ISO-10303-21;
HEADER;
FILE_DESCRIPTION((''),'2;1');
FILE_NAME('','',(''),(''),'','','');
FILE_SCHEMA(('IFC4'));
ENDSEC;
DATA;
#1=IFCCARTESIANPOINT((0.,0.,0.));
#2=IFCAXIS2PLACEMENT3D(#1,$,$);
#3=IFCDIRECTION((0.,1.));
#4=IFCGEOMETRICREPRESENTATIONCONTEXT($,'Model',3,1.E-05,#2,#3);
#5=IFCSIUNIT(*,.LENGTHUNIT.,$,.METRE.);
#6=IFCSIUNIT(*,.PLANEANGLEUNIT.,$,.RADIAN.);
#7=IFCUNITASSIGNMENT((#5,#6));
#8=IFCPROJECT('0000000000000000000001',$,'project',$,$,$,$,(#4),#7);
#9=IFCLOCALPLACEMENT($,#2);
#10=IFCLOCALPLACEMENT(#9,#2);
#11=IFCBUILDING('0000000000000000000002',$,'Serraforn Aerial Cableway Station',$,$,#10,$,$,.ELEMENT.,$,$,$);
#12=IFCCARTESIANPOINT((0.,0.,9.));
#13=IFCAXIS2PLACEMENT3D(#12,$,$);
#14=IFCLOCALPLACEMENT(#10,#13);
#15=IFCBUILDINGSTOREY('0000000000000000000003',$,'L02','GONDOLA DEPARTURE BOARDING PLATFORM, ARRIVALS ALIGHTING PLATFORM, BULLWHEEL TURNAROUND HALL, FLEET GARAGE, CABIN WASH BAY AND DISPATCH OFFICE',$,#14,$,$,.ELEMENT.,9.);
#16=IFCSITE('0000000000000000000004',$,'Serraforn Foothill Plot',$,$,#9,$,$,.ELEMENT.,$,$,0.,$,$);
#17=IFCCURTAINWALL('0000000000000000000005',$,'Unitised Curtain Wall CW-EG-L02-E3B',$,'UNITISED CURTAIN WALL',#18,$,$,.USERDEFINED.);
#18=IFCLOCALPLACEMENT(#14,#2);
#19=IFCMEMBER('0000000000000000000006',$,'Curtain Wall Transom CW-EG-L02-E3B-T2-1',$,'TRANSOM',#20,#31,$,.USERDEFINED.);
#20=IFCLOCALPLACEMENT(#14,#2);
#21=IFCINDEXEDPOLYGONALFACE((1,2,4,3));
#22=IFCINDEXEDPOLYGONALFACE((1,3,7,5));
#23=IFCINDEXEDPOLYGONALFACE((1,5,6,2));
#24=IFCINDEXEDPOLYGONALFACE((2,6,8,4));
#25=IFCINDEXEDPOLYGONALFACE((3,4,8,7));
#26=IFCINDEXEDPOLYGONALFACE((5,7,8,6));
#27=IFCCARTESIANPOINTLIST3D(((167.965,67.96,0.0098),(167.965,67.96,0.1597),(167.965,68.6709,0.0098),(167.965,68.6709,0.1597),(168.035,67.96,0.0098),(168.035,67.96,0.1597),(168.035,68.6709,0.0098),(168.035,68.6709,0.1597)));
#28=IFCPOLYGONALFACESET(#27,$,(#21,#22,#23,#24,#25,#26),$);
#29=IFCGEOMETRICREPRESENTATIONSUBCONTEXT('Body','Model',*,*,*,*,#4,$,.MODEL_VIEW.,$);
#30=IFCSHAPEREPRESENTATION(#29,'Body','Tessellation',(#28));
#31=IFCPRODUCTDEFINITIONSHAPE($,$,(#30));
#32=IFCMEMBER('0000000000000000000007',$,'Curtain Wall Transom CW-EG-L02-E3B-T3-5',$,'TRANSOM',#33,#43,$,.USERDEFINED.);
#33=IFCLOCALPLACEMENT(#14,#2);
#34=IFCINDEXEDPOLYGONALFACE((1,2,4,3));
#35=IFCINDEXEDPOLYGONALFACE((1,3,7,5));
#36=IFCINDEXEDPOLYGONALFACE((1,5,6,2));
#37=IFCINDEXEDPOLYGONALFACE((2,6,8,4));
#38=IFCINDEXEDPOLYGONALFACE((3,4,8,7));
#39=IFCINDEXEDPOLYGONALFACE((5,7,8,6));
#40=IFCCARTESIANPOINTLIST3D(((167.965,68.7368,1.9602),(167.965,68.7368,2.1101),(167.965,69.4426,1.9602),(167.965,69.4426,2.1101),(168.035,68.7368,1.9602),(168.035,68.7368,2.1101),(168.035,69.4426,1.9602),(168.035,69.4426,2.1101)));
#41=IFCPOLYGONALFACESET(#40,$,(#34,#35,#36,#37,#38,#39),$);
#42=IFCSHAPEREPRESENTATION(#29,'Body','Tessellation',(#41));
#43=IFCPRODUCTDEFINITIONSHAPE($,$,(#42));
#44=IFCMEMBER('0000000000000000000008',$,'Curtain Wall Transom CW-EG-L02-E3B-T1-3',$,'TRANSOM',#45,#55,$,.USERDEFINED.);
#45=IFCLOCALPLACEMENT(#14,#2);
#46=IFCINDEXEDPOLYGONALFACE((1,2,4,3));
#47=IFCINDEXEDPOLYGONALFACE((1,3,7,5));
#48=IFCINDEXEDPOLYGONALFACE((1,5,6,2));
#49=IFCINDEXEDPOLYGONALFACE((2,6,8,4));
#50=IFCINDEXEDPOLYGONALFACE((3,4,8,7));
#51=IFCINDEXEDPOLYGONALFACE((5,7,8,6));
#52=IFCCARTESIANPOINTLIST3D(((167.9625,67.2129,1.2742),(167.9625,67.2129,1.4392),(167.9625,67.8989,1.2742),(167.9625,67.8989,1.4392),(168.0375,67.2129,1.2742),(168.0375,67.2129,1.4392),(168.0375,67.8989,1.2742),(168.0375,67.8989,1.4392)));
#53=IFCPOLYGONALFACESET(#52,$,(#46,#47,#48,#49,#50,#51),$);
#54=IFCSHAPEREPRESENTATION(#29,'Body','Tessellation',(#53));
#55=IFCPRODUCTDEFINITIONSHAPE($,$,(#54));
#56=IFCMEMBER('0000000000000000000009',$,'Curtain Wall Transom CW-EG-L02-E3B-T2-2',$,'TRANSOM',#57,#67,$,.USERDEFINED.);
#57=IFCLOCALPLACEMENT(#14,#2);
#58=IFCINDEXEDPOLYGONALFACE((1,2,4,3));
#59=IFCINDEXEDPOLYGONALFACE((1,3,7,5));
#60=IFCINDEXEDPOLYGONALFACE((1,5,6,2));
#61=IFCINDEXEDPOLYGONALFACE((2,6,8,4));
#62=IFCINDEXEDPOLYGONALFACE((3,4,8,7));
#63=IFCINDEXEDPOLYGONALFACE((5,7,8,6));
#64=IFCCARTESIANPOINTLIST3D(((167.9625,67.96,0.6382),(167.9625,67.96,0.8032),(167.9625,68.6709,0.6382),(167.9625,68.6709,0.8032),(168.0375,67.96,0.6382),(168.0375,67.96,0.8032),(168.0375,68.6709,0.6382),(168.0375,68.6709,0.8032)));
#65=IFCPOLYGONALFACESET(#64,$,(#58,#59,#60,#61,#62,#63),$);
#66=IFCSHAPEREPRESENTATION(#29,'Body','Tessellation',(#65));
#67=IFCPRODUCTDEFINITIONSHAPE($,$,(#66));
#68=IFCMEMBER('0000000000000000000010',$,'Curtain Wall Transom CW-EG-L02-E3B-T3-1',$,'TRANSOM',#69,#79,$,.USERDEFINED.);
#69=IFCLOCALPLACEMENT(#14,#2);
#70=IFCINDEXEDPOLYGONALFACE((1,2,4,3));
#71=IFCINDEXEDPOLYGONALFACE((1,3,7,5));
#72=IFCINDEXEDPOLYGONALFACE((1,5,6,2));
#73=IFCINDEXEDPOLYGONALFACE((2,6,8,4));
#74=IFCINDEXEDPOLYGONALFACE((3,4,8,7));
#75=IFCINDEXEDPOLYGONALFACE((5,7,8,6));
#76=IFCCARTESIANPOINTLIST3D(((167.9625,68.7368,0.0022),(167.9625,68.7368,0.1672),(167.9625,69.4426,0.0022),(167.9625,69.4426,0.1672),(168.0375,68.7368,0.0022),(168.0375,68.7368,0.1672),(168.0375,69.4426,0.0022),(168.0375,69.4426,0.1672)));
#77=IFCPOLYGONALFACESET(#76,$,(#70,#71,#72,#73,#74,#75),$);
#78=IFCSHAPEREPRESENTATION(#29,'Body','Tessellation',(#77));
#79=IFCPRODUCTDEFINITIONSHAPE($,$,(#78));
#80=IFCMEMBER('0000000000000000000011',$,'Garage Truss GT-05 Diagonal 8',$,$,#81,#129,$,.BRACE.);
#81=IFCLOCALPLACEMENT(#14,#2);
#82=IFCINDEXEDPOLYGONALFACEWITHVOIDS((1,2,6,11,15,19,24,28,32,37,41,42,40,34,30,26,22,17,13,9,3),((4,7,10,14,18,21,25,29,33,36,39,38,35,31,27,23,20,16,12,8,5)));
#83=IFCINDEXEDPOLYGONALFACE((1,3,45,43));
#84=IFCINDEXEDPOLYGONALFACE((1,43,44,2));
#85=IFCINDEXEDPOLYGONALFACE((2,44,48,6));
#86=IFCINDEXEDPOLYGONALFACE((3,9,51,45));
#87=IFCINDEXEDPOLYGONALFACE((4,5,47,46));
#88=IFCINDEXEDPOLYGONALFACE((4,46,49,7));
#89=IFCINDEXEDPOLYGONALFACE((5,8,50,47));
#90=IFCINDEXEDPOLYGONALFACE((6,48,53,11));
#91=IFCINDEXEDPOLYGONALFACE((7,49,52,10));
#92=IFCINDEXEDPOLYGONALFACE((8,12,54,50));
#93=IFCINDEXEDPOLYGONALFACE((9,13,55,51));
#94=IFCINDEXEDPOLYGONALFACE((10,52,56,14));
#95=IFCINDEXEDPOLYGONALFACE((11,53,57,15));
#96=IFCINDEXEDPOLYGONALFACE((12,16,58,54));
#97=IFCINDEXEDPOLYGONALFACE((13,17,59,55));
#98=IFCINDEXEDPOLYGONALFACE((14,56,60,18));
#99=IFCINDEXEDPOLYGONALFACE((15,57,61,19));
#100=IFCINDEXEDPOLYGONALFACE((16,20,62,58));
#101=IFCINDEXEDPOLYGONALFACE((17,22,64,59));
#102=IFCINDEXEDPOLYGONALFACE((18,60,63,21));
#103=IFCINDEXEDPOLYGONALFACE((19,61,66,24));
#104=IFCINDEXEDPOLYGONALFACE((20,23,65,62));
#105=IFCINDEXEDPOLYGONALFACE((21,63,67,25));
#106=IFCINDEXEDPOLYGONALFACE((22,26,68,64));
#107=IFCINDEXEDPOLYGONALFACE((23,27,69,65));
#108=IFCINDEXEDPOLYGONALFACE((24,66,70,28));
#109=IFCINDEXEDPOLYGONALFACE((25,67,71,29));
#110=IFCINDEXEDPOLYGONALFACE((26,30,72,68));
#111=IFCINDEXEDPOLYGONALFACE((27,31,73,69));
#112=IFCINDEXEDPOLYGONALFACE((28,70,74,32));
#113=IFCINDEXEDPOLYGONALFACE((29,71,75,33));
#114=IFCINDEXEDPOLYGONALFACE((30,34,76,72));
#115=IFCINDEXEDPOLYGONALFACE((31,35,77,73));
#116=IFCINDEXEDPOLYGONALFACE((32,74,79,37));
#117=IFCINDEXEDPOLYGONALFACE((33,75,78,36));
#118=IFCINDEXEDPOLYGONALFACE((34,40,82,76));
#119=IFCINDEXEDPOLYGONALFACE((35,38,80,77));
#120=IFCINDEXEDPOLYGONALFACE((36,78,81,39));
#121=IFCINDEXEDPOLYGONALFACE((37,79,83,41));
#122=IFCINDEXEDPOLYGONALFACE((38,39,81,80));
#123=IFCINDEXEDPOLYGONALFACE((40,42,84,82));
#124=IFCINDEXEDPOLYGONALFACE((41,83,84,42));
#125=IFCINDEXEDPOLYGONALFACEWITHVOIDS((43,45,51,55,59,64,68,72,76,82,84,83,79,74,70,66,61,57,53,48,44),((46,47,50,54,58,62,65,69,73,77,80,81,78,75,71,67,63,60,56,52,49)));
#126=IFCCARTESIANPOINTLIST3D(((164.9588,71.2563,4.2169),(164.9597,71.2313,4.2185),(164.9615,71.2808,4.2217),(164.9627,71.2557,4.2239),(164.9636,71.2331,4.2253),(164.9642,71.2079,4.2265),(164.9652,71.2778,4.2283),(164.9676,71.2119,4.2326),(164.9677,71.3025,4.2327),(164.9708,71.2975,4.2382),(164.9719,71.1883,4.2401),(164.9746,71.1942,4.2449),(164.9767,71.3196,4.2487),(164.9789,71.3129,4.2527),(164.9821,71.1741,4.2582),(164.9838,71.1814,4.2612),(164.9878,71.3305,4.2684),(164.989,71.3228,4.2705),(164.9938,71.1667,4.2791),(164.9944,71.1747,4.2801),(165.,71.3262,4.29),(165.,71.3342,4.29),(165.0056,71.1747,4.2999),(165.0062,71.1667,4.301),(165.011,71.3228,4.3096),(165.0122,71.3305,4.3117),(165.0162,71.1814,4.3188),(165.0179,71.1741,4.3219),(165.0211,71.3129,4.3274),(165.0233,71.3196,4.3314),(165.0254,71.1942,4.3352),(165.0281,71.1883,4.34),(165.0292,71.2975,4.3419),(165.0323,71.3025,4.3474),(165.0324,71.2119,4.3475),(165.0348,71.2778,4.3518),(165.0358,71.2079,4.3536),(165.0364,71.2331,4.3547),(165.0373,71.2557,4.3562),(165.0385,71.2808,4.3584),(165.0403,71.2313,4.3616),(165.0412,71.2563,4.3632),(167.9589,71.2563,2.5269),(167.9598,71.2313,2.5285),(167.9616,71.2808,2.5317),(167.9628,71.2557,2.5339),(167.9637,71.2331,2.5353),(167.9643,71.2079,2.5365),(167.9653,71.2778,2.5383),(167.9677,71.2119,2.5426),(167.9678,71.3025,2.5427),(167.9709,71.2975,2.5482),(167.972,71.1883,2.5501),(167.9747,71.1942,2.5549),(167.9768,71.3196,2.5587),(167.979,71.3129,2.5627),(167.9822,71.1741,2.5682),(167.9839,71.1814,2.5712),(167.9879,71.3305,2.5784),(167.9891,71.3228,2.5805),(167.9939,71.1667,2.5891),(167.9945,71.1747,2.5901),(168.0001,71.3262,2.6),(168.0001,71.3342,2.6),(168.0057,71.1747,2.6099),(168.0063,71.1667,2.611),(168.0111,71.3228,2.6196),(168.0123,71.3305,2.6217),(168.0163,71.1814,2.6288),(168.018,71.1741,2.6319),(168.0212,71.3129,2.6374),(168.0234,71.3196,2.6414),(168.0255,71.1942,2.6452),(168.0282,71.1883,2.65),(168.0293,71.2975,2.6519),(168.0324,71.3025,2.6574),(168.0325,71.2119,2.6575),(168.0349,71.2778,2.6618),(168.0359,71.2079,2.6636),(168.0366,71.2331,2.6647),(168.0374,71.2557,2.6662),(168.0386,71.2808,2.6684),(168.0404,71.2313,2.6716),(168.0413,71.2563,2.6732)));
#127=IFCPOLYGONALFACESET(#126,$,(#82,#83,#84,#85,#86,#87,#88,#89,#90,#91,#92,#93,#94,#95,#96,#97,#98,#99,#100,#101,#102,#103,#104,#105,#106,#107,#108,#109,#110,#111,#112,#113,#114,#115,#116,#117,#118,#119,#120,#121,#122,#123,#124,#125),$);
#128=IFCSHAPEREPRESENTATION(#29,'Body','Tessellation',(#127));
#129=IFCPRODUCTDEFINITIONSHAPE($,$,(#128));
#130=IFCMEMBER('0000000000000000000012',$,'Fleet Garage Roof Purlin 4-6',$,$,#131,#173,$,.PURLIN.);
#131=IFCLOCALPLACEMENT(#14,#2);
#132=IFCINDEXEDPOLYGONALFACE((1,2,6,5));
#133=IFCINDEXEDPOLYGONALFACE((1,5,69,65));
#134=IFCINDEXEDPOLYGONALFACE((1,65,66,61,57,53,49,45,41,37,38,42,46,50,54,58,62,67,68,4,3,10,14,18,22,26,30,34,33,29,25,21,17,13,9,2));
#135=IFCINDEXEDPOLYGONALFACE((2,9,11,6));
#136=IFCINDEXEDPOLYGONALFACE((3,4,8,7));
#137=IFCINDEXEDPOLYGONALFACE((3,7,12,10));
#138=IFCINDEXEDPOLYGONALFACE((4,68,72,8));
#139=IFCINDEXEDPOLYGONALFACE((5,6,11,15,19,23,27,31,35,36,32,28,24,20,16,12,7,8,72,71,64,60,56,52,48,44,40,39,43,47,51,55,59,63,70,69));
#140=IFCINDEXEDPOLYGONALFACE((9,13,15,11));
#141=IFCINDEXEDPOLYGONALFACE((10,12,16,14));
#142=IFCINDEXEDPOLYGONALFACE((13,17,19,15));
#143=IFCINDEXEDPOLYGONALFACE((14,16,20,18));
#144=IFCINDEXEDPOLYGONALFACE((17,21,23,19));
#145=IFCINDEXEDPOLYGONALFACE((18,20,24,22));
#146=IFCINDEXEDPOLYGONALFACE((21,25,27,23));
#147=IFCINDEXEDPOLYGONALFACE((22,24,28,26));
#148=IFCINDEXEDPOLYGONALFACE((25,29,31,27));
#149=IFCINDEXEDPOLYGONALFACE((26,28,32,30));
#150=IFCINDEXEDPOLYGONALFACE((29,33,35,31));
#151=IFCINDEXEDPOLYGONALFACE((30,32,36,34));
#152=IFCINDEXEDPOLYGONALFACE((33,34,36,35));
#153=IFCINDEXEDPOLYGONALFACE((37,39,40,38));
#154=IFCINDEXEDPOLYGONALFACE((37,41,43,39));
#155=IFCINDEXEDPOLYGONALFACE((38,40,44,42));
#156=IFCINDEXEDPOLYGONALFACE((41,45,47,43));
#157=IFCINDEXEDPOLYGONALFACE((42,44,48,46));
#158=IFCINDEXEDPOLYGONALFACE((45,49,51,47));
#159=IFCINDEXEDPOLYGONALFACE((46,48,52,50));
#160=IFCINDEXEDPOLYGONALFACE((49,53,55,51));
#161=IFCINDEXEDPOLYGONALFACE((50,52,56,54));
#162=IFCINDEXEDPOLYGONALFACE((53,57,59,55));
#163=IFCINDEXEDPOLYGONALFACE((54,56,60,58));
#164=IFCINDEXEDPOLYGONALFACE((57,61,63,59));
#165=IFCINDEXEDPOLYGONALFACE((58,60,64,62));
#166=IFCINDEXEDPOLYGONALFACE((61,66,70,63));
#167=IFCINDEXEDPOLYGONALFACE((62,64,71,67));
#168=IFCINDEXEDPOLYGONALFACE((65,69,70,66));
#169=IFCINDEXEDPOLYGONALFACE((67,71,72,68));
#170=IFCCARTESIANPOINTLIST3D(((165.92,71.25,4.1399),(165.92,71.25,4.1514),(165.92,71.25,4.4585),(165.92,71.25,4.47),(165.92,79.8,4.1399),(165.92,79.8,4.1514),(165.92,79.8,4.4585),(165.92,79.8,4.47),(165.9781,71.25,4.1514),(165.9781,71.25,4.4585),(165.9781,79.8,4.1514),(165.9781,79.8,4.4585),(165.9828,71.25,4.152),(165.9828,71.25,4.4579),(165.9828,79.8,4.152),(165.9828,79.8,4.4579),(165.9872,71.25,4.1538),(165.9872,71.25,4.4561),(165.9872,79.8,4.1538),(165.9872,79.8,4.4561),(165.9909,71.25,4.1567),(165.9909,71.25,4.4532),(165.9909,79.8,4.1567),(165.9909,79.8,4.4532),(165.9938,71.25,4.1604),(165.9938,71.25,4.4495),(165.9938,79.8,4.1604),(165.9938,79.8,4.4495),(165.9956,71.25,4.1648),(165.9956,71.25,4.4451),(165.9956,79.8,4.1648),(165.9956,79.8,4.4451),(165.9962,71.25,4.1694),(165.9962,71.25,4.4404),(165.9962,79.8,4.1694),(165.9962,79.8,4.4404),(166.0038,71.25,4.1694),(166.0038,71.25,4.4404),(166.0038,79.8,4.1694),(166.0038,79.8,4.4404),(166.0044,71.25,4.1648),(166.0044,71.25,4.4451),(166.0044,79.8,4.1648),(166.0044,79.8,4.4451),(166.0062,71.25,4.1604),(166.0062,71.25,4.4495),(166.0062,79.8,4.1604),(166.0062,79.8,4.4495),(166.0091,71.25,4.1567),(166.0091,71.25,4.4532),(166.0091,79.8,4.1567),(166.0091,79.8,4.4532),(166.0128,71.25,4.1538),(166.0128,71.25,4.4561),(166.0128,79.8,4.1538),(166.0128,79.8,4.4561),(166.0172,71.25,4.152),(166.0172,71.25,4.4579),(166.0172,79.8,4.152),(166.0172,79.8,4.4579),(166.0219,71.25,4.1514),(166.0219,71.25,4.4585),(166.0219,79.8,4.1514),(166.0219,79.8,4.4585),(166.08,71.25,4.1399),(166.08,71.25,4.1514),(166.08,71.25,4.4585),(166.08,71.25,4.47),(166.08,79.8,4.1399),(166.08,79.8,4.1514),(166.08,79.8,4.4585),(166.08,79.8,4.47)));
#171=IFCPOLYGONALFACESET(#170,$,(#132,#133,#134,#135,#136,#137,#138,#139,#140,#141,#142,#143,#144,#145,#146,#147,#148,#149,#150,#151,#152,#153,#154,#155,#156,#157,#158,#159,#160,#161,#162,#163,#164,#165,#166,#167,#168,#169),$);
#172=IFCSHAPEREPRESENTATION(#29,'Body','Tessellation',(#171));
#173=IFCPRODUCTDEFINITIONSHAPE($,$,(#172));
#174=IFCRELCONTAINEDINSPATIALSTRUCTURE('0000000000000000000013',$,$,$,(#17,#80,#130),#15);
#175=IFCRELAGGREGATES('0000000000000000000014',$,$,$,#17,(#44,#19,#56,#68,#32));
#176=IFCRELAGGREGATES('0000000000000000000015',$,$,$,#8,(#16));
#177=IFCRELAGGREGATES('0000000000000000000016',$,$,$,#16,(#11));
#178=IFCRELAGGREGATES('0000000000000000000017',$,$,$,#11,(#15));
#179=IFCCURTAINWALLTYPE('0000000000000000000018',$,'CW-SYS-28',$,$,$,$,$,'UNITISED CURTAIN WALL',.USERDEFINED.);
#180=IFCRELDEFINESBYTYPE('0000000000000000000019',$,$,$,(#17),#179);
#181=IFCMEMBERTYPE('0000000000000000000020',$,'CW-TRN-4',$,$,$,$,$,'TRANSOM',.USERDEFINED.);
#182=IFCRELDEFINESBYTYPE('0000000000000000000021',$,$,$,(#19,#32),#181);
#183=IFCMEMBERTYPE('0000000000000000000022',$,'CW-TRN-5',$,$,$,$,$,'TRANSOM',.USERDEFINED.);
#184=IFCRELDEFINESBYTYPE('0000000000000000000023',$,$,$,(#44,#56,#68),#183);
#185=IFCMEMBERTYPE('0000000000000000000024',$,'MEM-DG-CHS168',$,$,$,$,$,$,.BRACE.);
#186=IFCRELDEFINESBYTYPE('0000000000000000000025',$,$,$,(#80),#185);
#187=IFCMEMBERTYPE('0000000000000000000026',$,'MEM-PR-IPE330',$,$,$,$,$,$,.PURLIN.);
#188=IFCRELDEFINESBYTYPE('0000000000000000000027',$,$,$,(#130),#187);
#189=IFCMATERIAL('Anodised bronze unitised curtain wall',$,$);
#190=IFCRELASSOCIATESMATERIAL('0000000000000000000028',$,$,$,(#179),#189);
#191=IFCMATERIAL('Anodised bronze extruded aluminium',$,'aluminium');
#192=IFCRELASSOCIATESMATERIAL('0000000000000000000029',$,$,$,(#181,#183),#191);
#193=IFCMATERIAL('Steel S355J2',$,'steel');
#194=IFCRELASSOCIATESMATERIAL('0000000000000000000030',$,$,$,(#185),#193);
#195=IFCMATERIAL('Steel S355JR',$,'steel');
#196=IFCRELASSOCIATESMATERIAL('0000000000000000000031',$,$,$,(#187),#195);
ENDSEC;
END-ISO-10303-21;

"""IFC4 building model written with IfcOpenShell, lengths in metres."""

from ifc_helpers import new_model, si_unit, direction, frame, origin, origin_2d, place, context, subcontext, project, spatial, rectangle, hollow_circle, i_section, extrude, material, material_profile, profile_set, type_object, element, aggregate, save


model = new_model("IFC4")

# Units and contexts
model_context = context("Model", 3, precision=1e-05, world=origin(), true_north=direction((0.0, 1.0)))
body_context = subcontext(model_context, "Body", "Model", "MODEL_VIEW")
ifc_project = project(units=[si_unit("LENGTHUNIT", "METRE"), si_unit("PLANEANGLEUNIT", "RADIAN")], contexts=[model_context])

# Site, building, storey
site_placement = place(None, origin())
site = spatial("IfcSite", under=ifc_project, at=site_placement, Name="Serraforn Foothill Plot", CompositionType="ELEMENT", RefElevation=0.0)
building_placement = place(site_placement, origin())
building = spatial("IfcBuilding", under=site, at=building_placement, Name="Serraforn Aerial Cableway Station", CompositionType="ELEMENT")
storey_placement = place(building_placement, frame((0.0, 0.0, 9.0)))
storey = spatial("IfcBuildingStorey", under=building, at=storey_placement, Name="L02", Description="GONDOLA DEPARTURE BOARDING PLATFORM, ARRIVALS ALIGHTING PLATFORM, BULLWHEEL TURNAROUND HALL, FLEET GARAGE, CABIN WASH BAY AND DISPATCH OFFICE", CompositionType="ELEMENT", Elevation=9.0)

# Curtain wall, members
ifc_material_1 = material(Name="Anodised bronze unitised curtain wall")
curtain_wall_type = type_object("IfcCurtainWallType", Name="CW-SYS-28", ElementType="UNITISED CURTAIN WALL", PredefinedType="USERDEFINED", material=ifc_material_1)
curtain_wall_placement = place(storey_placement, origin())
curtain_wall = element("IfcCurtainWall", 1, at=curtain_wall_placement, inside=storey, type_object=curtain_wall_type, Name="Unitised Curtain Wall CW-EG-L02-E3B", ObjectType="UNITISED CURTAIN WALL", PredefinedType="USERDEFINED")
ifc_material_2 = material(Name="Anodised bronze extruded aluminium", Category="aluminium")
ifc_material_profile_1 = material_profile(ifc_material_2, rectangle(XDim=0.0701, YDim=0.1499, at=origin_2d()), Name="CW TRANSOM 70x150")
ifc_profile_set_1 = profile_set([ifc_material_profile_1], Name="Anodised bronze extruded aluminium")
member_type_1 = type_object("IfcMemberType", Name="CW-TRN-4", ElementType="TRANSOM", PredefinedType="USERDEFINED", material=ifc_profile_set_1)
member_1_placement = place(storey_placement, frame((168.0, 67.96, 0.0847), z_axis=(0.0, 1.0, 0.0), x_axis=(-1.0, 0.0, 0.0)))
member_1 = element("IfcMember", 2, at=member_1_placement, type_object=member_type_1, Name="Curtain Wall Transom CW-EG-L02-E3B-T2-1", ObjectType="TRANSOM", PredefinedType="USERDEFINED", context=body_context, shape_type="SweptSolid", body=[
    extrude(rectangle(XDim=0.0701, YDim=0.1499, at=origin_2d()), origin(), (0.0, 0.0, 1.0), 0.7109),
])
member_2_placement = place(storey_placement, frame((168.0, 68.7368, 2.0352), z_axis=(0.0, 1.0, 0.0), x_axis=(-1.0, 0.0, 0.0)))
member_2 = element("IfcMember", 3, at=member_2_placement, type_object=member_type_1, Name="Curtain Wall Transom CW-EG-L02-E3B-T3-5", ObjectType="TRANSOM", PredefinedType="USERDEFINED", context=body_context, shape_type="SweptSolid", body=[
    extrude(rectangle(XDim=0.0701, YDim=0.1499, at=origin_2d()), origin(), (0.0, 0.0, 1.0), 0.7058),
])
ifc_material_profile_2 = material_profile(ifc_material_2, rectangle(XDim=0.075, YDim=0.165, at=origin_2d()), Name="CW TRANSOM 75x165")
ifc_profile_set_2 = profile_set([ifc_material_profile_2], Name="Anodised bronze extruded aluminium")
member_type_2 = type_object("IfcMemberType", Name="CW-TRN-5", ElementType="TRANSOM", PredefinedType="USERDEFINED", material=ifc_profile_set_2)
member_3_placement = place(storey_placement, frame((168.0, 67.2129, 1.3567), z_axis=(0.0, 1.0, 0.0), x_axis=(-1.0, 0.0, 0.0)))
member_3 = element("IfcMember", 4, at=member_3_placement, type_object=member_type_2, Name="Curtain Wall Transom CW-EG-L02-E3B-T1-3", ObjectType="TRANSOM", PredefinedType="USERDEFINED", context=body_context, shape_type="SweptSolid", body=[
    extrude(rectangle(XDim=0.075, YDim=0.165, at=origin_2d()), origin(), (0.0, 0.0, 1.0), 0.686),
])
member_4_placement = place(storey_placement, frame((168.0, 67.96, 0.7207), z_axis=(0.0, 1.0, 0.0), x_axis=(-1.0, 0.0, 0.0)))
member_4 = element("IfcMember", 5, at=member_4_placement, type_object=member_type_2, Name="Curtain Wall Transom CW-EG-L02-E3B-T2-2", ObjectType="TRANSOM", PredefinedType="USERDEFINED", context=body_context, shape_type="SweptSolid", body=[
    extrude(rectangle(XDim=0.075, YDim=0.165, at=origin_2d()), origin(), (0.0, 0.0, 1.0), 0.7109),
])
member_5_placement = place(storey_placement, frame((168.0, 68.7368, 0.0847), z_axis=(0.0, 1.0, 0.0), x_axis=(-1.0, 0.0, 0.0)))
member_5 = element("IfcMember", 6, at=member_5_placement, type_object=member_type_2, Name="Curtain Wall Transom CW-EG-L02-E3B-T3-1", ObjectType="TRANSOM", PredefinedType="USERDEFINED", context=body_context, shape_type="SweptSolid", body=[
    extrude(rectangle(XDim=0.075, YDim=0.165, at=origin_2d()), origin(), (0.0, 0.0, 1.0), 0.7058),
])

# Members
ifc_material_3 = material(Name="Steel S355J2", Category="steel")
ifc_material_profile_3 = material_profile(ifc_material_3, hollow_circle(Radius=0.0842, WallThickness=0.0081, at=origin_2d()), Name="CHS 168.3x8.0")
ifc_profile_set_3 = profile_set([ifc_material_profile_3], Name="Steel S355J2")
member_type_3 = type_object("IfcMemberType", Name="MEM-DG-CHS168", PredefinedType="BRACE", material=ifc_profile_set_3)
member_6_placement = place(storey_placement, frame((165.0, 71.25, 4.29), z_axis=(0.871272, 0.0, -0.4908), x_axis=(0.0, 1.0, 0.0)))
element("IfcMember", 7, at=member_6_placement, inside=storey, type_object=member_type_3, Name="Garage Truss GT-05 Diagonal 8", PredefinedType="BRACE", context=body_context, shape_type="SweptSolid", body=[
    extrude(hollow_circle(Radius=0.0842, WallThickness=0.0081, at=origin_2d()), origin(), (0.0, 0.0, 1.0), 3.4434),
])
ifc_material_4 = material(Name="Steel S355JR", Category="steel")
ifc_material_profile_4 = material_profile(ifc_material_4, i_section(OverallWidth=0.1599, OverallDepth=0.3301, WebThickness=0.0076, FlangeThickness=0.0115, FilletRadius=0.0181, at=origin_2d()), Name="IPE 330")
ifc_profile_set_4 = profile_set([ifc_material_profile_4], Name="Steel S355JR")
member_type_4 = type_object("IfcMemberType", Name="MEM-PR-IPE330", PredefinedType="PURLIN", material=ifc_profile_set_4)
member_7_placement = place(storey_placement, frame((166.0, 71.25, 4.3049), z_axis=(0.0, 1.0, 0.0), x_axis=(-1.0, 0.0, 0.0)))
element("IfcMember", 8, at=member_7_placement, inside=storey, type_object=member_type_4, Name="Fleet Garage Roof Purlin 4-6", PredefinedType="PURLIN", context=body_context, shape_type="SweptSolid", body=[
    extrude(i_section(OverallWidth=0.1599, OverallDepth=0.3301, WebThickness=0.0076, FlangeThickness=0.0115, FilletRadius=0.0181, at=origin_2d()), origin(), (0.0, 0.0, 1.0), 8.55),
])

aggregate(curtain_wall, [member_3, member_1, member_4, member_5, member_2])

save(model, "model.ifc")
